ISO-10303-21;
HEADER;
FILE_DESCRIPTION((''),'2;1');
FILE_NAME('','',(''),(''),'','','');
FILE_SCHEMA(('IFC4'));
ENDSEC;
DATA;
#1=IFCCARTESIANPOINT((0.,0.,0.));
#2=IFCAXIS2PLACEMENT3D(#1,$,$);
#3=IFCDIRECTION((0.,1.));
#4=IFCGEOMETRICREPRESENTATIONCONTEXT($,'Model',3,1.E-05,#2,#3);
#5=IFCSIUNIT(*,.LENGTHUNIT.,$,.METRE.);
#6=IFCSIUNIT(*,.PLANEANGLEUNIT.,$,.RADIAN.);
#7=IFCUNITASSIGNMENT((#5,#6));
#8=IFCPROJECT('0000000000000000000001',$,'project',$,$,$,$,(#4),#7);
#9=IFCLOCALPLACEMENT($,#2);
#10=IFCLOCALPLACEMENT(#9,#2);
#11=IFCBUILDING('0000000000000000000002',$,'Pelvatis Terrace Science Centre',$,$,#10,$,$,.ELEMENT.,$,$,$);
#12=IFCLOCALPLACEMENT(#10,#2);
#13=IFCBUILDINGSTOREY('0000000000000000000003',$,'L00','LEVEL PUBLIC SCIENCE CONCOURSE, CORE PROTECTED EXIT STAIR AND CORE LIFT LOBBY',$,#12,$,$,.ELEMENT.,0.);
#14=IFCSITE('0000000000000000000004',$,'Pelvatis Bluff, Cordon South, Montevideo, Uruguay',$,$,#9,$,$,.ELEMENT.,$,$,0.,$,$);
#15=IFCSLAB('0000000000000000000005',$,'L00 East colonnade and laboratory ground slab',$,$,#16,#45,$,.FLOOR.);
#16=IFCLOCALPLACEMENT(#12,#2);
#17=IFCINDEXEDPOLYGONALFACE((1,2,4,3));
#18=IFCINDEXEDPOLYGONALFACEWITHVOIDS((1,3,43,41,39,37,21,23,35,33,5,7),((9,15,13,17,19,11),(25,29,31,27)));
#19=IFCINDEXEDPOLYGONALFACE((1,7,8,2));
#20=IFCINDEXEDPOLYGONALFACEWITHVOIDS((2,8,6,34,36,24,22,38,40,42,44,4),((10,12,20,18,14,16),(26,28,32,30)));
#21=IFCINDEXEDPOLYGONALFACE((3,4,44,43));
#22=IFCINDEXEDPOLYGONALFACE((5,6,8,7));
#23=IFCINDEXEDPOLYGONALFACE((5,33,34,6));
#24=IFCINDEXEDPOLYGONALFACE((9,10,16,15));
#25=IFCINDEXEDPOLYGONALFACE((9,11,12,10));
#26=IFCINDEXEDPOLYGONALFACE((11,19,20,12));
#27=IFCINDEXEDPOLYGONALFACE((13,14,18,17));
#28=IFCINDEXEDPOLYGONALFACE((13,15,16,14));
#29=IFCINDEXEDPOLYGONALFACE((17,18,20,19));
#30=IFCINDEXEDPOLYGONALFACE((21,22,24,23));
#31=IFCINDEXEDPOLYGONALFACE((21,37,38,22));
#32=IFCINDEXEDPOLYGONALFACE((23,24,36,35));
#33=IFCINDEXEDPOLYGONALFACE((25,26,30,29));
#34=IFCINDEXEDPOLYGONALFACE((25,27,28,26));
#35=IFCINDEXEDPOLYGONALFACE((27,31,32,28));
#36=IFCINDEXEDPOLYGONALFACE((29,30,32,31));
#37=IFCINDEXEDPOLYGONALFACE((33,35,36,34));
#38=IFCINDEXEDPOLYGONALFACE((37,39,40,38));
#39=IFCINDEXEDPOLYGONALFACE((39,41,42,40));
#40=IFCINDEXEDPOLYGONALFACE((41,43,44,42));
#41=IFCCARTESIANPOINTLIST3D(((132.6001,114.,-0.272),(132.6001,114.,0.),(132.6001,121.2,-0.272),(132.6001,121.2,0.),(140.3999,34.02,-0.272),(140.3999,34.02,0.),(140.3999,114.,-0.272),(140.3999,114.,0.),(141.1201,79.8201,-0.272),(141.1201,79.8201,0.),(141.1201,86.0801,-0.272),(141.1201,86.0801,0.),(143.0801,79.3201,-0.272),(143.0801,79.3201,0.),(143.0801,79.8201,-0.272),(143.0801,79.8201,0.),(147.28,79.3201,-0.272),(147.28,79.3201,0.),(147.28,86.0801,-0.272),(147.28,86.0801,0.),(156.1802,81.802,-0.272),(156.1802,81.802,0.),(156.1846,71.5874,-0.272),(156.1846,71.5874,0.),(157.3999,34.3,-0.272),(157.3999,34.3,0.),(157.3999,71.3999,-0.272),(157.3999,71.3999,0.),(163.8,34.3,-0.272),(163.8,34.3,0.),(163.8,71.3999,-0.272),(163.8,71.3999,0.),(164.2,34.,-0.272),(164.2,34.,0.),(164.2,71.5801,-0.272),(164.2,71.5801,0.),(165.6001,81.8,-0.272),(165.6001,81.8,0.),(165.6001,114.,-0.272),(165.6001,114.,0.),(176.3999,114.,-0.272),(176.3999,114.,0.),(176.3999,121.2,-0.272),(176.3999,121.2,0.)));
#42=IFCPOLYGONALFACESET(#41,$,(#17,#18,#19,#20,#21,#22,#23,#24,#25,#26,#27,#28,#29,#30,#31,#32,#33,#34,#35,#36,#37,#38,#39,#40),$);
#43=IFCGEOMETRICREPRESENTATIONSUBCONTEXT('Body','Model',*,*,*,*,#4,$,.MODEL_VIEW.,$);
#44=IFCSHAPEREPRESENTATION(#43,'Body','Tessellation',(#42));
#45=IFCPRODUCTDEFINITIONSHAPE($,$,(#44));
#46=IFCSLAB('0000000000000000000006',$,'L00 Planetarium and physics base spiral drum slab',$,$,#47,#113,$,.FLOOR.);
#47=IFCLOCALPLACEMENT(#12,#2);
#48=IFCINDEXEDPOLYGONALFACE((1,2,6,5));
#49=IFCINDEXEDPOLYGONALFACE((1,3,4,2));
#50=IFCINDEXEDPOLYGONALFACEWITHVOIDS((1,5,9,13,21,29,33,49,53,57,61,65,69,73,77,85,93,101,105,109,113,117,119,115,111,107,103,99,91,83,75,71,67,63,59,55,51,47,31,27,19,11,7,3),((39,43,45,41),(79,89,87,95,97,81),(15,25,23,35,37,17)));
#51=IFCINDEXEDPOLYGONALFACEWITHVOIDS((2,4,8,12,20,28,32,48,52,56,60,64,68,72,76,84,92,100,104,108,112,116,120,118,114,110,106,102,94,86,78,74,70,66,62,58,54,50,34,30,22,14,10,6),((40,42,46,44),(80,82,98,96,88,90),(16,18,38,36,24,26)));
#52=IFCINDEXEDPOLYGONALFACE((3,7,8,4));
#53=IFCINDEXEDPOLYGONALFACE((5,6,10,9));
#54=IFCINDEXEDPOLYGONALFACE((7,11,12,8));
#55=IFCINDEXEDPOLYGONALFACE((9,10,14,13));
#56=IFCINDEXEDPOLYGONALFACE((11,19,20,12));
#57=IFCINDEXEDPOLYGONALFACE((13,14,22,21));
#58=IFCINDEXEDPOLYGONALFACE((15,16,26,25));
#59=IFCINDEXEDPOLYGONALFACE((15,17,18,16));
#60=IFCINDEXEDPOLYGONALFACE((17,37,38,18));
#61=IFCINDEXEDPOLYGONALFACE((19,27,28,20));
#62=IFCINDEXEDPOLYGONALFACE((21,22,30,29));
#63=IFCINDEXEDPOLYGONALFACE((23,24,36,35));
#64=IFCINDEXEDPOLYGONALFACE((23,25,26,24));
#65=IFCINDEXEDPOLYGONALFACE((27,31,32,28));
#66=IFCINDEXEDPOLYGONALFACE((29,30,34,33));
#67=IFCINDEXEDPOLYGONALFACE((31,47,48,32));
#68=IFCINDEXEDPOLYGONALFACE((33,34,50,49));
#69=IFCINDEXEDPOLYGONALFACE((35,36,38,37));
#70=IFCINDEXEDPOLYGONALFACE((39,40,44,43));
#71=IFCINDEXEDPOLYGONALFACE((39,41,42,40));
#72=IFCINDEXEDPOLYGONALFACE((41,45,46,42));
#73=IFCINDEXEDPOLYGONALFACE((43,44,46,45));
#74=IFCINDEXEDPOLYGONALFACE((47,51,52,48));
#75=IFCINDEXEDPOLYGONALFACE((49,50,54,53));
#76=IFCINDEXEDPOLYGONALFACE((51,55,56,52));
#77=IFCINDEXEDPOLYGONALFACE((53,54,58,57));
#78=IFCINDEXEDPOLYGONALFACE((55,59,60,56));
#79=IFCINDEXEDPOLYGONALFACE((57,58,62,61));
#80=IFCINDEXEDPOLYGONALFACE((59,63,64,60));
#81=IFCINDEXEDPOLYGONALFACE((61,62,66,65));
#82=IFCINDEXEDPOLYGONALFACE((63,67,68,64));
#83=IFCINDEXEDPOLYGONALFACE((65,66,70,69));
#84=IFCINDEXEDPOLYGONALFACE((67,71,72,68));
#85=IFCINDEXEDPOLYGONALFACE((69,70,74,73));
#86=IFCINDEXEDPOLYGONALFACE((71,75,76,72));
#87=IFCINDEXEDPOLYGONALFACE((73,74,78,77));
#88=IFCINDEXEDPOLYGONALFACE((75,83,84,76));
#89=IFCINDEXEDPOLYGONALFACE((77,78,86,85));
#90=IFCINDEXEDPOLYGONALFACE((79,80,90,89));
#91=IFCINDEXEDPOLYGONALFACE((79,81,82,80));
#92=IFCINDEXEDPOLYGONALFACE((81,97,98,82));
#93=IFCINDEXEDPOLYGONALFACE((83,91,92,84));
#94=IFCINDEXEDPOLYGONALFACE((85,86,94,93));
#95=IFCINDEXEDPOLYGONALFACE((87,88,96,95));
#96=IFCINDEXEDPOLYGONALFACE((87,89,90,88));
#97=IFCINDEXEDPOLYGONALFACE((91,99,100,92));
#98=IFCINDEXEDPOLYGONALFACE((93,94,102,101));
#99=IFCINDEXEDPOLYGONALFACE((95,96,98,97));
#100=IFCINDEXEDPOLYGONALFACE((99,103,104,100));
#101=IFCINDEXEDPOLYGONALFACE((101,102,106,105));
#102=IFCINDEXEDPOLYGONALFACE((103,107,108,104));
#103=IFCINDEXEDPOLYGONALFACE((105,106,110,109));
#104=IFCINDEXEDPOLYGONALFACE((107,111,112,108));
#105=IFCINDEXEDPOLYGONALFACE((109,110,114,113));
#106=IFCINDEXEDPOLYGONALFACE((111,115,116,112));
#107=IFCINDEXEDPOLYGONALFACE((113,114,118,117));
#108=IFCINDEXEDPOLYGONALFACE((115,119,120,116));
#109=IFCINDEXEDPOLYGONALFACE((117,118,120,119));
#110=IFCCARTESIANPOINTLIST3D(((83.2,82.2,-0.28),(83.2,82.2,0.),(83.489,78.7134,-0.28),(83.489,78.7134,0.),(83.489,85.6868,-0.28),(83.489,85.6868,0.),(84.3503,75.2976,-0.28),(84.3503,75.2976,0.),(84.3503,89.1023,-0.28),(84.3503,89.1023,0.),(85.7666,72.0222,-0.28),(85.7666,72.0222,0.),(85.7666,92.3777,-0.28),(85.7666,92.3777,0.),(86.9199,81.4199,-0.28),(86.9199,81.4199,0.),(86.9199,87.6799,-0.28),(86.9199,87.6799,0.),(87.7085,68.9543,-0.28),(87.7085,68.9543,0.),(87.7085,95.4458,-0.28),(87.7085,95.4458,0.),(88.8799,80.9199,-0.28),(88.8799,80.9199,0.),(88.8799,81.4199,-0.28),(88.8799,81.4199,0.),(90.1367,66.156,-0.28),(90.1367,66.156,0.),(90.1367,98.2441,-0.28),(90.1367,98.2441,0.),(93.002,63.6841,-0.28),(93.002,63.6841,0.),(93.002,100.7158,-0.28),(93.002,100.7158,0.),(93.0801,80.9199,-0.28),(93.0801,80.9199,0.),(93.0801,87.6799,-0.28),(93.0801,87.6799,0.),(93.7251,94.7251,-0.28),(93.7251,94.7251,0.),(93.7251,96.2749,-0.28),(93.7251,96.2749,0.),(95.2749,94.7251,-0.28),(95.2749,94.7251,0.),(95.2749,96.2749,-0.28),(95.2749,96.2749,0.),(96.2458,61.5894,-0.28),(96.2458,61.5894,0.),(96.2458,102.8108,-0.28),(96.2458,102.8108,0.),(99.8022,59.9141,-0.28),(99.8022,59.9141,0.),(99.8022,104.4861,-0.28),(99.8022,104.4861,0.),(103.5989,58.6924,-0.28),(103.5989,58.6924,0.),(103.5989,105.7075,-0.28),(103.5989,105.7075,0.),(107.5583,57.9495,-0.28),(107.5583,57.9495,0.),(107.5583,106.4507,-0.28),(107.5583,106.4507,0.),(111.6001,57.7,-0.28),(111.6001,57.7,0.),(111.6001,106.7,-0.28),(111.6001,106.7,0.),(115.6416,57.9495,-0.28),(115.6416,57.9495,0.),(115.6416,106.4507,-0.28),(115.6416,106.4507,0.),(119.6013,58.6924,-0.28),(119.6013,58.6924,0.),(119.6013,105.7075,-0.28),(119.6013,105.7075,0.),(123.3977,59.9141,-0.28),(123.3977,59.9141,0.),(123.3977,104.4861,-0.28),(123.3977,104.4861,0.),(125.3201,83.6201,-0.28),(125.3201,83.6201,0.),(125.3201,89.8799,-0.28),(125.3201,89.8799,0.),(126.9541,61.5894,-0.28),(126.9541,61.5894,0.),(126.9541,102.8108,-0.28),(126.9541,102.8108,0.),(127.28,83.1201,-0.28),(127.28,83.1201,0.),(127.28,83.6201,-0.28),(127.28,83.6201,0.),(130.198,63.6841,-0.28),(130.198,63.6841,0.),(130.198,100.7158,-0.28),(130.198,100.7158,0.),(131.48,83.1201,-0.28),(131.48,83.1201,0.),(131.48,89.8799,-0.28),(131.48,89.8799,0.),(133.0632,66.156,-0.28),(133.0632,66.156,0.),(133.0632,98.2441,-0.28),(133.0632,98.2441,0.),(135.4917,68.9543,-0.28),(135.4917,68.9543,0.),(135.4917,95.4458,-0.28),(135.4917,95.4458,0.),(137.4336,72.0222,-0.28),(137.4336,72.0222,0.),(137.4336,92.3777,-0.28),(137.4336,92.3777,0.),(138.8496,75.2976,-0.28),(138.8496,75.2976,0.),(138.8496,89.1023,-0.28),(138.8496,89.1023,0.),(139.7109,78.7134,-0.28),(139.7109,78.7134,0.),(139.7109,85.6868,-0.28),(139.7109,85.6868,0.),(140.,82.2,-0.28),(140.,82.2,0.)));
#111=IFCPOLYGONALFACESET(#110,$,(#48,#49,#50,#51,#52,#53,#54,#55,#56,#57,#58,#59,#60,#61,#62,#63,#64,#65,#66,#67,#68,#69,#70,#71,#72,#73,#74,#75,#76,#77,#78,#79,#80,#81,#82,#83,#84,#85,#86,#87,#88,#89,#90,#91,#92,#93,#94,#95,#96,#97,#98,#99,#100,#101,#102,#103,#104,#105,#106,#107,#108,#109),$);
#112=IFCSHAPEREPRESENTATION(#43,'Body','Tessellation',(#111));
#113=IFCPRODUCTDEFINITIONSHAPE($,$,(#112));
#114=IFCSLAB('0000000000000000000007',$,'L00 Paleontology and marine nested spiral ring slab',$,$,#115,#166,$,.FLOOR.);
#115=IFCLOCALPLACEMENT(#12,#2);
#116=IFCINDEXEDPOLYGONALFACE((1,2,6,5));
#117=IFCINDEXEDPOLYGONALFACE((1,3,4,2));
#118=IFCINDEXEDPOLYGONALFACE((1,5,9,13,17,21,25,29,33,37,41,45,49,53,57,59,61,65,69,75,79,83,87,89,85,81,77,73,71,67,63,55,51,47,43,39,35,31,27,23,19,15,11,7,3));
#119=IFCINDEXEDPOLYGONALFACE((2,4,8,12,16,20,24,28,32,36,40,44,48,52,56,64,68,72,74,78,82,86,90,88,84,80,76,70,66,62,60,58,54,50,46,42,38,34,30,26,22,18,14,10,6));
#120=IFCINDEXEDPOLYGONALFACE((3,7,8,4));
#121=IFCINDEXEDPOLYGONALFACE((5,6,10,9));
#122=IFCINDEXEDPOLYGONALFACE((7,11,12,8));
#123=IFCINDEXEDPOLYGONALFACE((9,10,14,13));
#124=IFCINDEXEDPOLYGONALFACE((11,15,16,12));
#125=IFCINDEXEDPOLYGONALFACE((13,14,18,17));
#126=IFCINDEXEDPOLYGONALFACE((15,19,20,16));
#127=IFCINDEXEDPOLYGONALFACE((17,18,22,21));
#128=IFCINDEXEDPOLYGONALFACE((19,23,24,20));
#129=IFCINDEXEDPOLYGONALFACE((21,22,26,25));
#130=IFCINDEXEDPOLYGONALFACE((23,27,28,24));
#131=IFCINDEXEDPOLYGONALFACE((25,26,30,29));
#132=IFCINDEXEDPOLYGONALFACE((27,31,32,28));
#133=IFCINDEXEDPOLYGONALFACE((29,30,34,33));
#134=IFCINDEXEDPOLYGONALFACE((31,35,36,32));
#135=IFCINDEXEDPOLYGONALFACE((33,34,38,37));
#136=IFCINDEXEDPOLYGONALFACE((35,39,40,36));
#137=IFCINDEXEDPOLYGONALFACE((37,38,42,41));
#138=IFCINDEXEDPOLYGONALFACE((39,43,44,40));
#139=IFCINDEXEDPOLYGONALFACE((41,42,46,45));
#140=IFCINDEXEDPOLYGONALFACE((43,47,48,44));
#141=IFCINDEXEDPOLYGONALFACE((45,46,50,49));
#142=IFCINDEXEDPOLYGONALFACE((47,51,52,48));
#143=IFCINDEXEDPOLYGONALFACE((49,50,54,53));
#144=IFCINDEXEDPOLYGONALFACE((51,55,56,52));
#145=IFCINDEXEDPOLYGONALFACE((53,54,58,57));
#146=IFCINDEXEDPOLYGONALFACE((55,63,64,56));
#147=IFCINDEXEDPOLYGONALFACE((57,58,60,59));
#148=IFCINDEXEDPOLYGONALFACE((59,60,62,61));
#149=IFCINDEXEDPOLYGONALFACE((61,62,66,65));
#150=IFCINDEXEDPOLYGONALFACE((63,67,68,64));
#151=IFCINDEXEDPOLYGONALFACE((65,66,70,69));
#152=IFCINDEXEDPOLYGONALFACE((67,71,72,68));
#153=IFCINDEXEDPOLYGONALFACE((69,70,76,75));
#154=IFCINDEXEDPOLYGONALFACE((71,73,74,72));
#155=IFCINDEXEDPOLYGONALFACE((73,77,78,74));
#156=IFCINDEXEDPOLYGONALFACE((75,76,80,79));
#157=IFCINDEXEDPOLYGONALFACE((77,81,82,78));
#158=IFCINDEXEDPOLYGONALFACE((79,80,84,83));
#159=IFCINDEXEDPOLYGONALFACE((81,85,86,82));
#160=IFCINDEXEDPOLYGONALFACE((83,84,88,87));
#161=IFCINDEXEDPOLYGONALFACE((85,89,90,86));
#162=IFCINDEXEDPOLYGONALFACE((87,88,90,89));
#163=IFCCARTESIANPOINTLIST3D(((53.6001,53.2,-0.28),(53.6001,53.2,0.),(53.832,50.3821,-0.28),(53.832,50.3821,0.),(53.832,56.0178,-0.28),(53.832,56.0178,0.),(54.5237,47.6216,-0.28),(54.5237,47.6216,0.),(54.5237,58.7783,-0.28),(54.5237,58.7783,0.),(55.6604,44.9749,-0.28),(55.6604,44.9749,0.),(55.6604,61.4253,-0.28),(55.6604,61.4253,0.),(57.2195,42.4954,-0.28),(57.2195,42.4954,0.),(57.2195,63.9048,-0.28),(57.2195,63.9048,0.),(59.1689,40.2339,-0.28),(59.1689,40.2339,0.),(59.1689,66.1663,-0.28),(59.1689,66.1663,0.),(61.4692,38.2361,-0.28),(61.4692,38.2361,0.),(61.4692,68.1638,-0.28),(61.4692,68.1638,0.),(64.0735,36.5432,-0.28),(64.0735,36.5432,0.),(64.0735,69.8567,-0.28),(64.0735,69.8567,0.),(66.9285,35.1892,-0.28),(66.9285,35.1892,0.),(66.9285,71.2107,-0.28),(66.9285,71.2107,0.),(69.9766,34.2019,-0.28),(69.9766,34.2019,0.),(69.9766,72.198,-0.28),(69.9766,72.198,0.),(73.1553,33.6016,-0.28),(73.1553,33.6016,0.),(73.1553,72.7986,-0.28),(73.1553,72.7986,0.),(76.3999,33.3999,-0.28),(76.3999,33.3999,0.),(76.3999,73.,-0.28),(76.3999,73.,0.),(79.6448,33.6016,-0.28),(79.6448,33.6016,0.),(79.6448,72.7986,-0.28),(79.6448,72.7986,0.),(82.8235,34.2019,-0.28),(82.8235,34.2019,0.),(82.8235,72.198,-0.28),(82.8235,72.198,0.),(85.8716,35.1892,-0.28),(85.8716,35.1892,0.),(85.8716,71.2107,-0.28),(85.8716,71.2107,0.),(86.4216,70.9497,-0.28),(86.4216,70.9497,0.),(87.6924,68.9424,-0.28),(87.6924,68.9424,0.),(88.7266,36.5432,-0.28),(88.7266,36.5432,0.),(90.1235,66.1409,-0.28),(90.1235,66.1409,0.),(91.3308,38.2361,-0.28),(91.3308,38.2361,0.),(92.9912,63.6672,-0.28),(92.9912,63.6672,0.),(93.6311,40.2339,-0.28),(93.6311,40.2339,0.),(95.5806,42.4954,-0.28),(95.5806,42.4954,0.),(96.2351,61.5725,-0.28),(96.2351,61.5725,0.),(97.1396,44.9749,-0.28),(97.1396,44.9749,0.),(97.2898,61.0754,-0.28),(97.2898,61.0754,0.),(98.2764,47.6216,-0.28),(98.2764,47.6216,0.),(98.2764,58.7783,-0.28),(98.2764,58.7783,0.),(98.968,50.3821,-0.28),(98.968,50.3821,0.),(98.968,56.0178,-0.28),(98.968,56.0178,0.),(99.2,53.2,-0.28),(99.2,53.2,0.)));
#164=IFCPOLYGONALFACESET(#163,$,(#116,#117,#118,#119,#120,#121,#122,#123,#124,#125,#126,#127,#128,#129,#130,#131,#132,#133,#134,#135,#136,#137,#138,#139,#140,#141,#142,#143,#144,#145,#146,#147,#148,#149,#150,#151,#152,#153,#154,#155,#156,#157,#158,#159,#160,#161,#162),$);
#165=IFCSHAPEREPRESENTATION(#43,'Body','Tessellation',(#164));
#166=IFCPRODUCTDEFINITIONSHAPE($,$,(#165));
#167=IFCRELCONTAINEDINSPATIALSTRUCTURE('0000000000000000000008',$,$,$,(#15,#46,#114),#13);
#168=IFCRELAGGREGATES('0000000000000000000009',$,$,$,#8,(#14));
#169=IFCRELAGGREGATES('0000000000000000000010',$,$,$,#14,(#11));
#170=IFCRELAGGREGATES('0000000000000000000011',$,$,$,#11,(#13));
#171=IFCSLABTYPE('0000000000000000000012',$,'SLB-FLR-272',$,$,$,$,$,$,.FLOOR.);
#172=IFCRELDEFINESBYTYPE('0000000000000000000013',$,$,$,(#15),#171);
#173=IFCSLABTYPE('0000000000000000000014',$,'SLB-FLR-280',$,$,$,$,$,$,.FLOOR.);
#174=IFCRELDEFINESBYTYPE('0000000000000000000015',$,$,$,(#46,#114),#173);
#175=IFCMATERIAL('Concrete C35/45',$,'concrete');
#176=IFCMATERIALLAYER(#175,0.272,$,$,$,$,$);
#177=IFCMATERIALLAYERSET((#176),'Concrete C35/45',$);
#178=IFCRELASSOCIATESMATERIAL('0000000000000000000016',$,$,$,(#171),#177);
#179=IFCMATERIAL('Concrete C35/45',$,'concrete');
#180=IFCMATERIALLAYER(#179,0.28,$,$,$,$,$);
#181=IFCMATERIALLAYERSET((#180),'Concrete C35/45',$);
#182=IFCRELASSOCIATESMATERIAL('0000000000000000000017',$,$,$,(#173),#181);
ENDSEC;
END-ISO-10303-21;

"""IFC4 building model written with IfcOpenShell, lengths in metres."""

from ifc_helpers import new_model, si_unit, direction, frame, origin, place, context, subcontext, project, spatial, polyline, outline, extrude, material, layer, layer_set, type_object, element, save


model = new_model("IFC4")

# Units and contexts
model_context = context("Model", 3, precision=1e-05, world=origin(), true_north=direction((0.0, 1.0)))
body_context = subcontext(model_context, "Body", "Model", "MODEL_VIEW")
ifc_project = project(units=[si_unit("LENGTHUNIT", "METRE"), si_unit("PLANEANGLEUNIT", "RADIAN")], contexts=[model_context])

# Site, building, storey
site_placement = place(None, origin())
site = spatial("IfcSite", under=ifc_project, at=site_placement, Name="Pelvatis Bluff, Cordon South, Montevideo, Uruguay", CompositionType="ELEMENT", RefElevation=0.0)
building_placement = place(site_placement, origin())
building = spatial("IfcBuilding", under=site, at=building_placement, Name="Pelvatis Terrace Science Centre", CompositionType="ELEMENT")
storey_placement = place(building_placement, origin())
storey = spatial("IfcBuildingStorey", under=building, at=storey_placement, Name="L00", Description="LEVEL PUBLIC SCIENCE CONCOURSE, CORE PROTECTED EXIT STAIR AND CORE LIFT LOBBY", CompositionType="ELEMENT", Elevation=0.0)

# Slabs
ifc_material_1 = material(Name="Concrete C35/45", Category="concrete")
ifc_layer_1 = layer(ifc_material_1, 0.272)
ifc_layer_set_1 = layer_set([ifc_layer_1], Name="Concrete C35/45")
slab_type_1 = type_object("IfcSlabType", Name="SLB-FLR-272", PredefinedType="FLOOR", material=ifc_layer_set_1)
slab_1_placement = place(storey_placement, frame((0.0, 0.0, -0.272)))
element("IfcSlab", 1, at=slab_1_placement, inside=storey, type_object=slab_type_1, Name="L00 East colonnade and laboratory ground slab", PredefinedType="FLOOR", context=body_context, shape_type="SweptSolid", body=[
    extrude(outline(polyline([(132.6001, 114.0), (132.6001, 121.2), (176.3999, 121.2), (176.3999, 114.0), (165.6001, 114.0), (165.6001, 81.8), (156.1802, 81.802), (156.1846, 71.5874), (164.2, 71.5801), (164.2, 34.0), (140.3999, 34.02), (140.3999, 114.0), (132.6001, 114.0)]), holes=[polyline([(157.3999, 34.3), (163.8, 34.3), (163.8, 71.3999), (157.3999, 71.3999), (157.3999, 34.3)]), polyline([(141.1201, 79.8201), (143.0801, 79.8201), (143.0801, 79.3201), (147.28, 79.3201), (147.28, 86.0801), (141.1201, 86.0801), (141.1201, 79.8201)])]), origin(), (0.0, 0.0, 1.0), 0.272),
])
ifc_material_2 = material(Name="Concrete C35/45", Category="concrete")
ifc_layer_2 = layer(ifc_material_2, 0.28)
ifc_layer_set_2 = layer_set([ifc_layer_2], Name="Concrete C35/45")
slab_type_2 = type_object("IfcSlabType", Name="SLB-FLR-280", PredefinedType="FLOOR", material=ifc_layer_set_2)
slab_2_placement = place(storey_placement, frame((0.0, 0.0, -0.28)))
element("IfcSlab", 2, at=slab_2_placement, inside=storey, type_object=slab_type_2, Name="L00 Planetarium and physics base spiral drum slab", PredefinedType="FLOOR", context=body_context, shape_type="SweptSolid", body=[
    extrude(outline(polyline([(139.7109, 78.7134), (138.8496, 75.2976), (137.4336, 72.0222), (135.4917, 68.9543), (133.0632, 66.156), (130.198, 63.6841), (126.9541, 61.5894), (123.3977, 59.9141), (119.6013, 58.6924), (115.6416, 57.9495), (111.6001, 57.7), (107.5583, 57.9495), (103.5989, 58.6924), (99.8022, 59.9141), (96.2458, 61.5894), (93.002, 63.6841), (90.1367, 66.156), (87.7085, 68.9543), (85.7666, 72.0222), (84.3503, 75.2976), (83.489, 78.7134), (83.2, 82.2), (83.489, 85.6868), (84.3503, 89.1023), (85.7666, 92.3777), (87.7085, 95.4458), (90.1367, 98.2441), (93.002, 100.7158), (96.2458, 102.8108), (99.8022, 104.4861), (103.5989, 105.7075), (107.5583, 106.4507), (111.6001, 106.7), (115.6416, 106.4507), (119.6013, 105.7075), (123.3977, 104.4861), (126.9541, 102.8108), (130.198, 100.7158), (133.0632, 98.2441), (135.4917, 95.4458), (137.4336, 92.3777), (138.8496, 89.1023), (139.7109, 85.6868), (140.0, 82.2), (139.7109, 78.7134)]), holes=[polyline([(86.9199, 81.4199), (88.8799, 81.4199), (88.8799, 80.9199), (93.0801, 80.9199), (93.0801, 87.6799), (86.9199, 87.6799), (86.9199, 81.4199)]), polyline([(125.3201, 89.8799), (125.3201, 83.6201), (127.28, 83.6201), (127.28, 83.1201), (131.48, 83.1201), (131.48, 89.8799), (125.3201, 89.8799)]), polyline([(93.7251, 96.2749), (93.7251, 94.7251), (95.2749, 94.7251), (95.2749, 96.2749), (93.7251, 96.2749)])]), origin(), (0.0, 0.0, 1.0), 0.28),
])
slab_3_placement = place(storey_placement, frame((0.0, 0.0, -0.28)))
element("IfcSlab", 3, at=slab_3_placement, inside=storey, type_object=slab_type_2, Name="L00 Paleontology and marine nested spiral ring slab", PredefinedType="FLOOR", context=body_context, shape_type="SweptSolid", body=[
    extrude(outline(polyline([(98.968, 50.3821), (98.2764, 47.6216), (97.1396, 44.9749), (95.5806, 42.4954), (93.6311, 40.2339), (91.3308, 38.2361), (88.7266, 36.5432), (85.8716, 35.1892), (82.8235, 34.2019), (79.6448, 33.6016), (76.3999, 33.3999), (73.1553, 33.6016), (69.9766, 34.2019), (66.9285, 35.1892), (64.0735, 36.5432), (61.4692, 38.2361), (59.1689, 40.2339), (57.2195, 42.4954), (55.6604, 44.9749), (54.5237, 47.6216), (53.832, 50.3821), (53.6001, 53.2), (53.832, 56.0178), (54.5237, 58.7783), (55.6604, 61.4253), (57.2195, 63.9048), (59.1689, 66.1663), (61.4692, 68.1638), (64.0735, 69.8567), (66.9285, 71.2107), (69.9766, 72.198), (73.1553, 72.7986), (76.3999, 73.0), (79.6448, 72.7986), (82.8235, 72.198), (85.8716, 71.2107), (86.4216, 70.9497), (87.6924, 68.9424), (90.1235, 66.1409), (92.9912, 63.6672), (96.2351, 61.5725), (97.2898, 61.0754), (98.2764, 58.7783), (98.968, 56.0178), (99.2, 53.2), (98.968, 50.3821)])), origin(), (0.0, 0.0, 1.0), 0.28),
])

save(model, "model.ifc")
